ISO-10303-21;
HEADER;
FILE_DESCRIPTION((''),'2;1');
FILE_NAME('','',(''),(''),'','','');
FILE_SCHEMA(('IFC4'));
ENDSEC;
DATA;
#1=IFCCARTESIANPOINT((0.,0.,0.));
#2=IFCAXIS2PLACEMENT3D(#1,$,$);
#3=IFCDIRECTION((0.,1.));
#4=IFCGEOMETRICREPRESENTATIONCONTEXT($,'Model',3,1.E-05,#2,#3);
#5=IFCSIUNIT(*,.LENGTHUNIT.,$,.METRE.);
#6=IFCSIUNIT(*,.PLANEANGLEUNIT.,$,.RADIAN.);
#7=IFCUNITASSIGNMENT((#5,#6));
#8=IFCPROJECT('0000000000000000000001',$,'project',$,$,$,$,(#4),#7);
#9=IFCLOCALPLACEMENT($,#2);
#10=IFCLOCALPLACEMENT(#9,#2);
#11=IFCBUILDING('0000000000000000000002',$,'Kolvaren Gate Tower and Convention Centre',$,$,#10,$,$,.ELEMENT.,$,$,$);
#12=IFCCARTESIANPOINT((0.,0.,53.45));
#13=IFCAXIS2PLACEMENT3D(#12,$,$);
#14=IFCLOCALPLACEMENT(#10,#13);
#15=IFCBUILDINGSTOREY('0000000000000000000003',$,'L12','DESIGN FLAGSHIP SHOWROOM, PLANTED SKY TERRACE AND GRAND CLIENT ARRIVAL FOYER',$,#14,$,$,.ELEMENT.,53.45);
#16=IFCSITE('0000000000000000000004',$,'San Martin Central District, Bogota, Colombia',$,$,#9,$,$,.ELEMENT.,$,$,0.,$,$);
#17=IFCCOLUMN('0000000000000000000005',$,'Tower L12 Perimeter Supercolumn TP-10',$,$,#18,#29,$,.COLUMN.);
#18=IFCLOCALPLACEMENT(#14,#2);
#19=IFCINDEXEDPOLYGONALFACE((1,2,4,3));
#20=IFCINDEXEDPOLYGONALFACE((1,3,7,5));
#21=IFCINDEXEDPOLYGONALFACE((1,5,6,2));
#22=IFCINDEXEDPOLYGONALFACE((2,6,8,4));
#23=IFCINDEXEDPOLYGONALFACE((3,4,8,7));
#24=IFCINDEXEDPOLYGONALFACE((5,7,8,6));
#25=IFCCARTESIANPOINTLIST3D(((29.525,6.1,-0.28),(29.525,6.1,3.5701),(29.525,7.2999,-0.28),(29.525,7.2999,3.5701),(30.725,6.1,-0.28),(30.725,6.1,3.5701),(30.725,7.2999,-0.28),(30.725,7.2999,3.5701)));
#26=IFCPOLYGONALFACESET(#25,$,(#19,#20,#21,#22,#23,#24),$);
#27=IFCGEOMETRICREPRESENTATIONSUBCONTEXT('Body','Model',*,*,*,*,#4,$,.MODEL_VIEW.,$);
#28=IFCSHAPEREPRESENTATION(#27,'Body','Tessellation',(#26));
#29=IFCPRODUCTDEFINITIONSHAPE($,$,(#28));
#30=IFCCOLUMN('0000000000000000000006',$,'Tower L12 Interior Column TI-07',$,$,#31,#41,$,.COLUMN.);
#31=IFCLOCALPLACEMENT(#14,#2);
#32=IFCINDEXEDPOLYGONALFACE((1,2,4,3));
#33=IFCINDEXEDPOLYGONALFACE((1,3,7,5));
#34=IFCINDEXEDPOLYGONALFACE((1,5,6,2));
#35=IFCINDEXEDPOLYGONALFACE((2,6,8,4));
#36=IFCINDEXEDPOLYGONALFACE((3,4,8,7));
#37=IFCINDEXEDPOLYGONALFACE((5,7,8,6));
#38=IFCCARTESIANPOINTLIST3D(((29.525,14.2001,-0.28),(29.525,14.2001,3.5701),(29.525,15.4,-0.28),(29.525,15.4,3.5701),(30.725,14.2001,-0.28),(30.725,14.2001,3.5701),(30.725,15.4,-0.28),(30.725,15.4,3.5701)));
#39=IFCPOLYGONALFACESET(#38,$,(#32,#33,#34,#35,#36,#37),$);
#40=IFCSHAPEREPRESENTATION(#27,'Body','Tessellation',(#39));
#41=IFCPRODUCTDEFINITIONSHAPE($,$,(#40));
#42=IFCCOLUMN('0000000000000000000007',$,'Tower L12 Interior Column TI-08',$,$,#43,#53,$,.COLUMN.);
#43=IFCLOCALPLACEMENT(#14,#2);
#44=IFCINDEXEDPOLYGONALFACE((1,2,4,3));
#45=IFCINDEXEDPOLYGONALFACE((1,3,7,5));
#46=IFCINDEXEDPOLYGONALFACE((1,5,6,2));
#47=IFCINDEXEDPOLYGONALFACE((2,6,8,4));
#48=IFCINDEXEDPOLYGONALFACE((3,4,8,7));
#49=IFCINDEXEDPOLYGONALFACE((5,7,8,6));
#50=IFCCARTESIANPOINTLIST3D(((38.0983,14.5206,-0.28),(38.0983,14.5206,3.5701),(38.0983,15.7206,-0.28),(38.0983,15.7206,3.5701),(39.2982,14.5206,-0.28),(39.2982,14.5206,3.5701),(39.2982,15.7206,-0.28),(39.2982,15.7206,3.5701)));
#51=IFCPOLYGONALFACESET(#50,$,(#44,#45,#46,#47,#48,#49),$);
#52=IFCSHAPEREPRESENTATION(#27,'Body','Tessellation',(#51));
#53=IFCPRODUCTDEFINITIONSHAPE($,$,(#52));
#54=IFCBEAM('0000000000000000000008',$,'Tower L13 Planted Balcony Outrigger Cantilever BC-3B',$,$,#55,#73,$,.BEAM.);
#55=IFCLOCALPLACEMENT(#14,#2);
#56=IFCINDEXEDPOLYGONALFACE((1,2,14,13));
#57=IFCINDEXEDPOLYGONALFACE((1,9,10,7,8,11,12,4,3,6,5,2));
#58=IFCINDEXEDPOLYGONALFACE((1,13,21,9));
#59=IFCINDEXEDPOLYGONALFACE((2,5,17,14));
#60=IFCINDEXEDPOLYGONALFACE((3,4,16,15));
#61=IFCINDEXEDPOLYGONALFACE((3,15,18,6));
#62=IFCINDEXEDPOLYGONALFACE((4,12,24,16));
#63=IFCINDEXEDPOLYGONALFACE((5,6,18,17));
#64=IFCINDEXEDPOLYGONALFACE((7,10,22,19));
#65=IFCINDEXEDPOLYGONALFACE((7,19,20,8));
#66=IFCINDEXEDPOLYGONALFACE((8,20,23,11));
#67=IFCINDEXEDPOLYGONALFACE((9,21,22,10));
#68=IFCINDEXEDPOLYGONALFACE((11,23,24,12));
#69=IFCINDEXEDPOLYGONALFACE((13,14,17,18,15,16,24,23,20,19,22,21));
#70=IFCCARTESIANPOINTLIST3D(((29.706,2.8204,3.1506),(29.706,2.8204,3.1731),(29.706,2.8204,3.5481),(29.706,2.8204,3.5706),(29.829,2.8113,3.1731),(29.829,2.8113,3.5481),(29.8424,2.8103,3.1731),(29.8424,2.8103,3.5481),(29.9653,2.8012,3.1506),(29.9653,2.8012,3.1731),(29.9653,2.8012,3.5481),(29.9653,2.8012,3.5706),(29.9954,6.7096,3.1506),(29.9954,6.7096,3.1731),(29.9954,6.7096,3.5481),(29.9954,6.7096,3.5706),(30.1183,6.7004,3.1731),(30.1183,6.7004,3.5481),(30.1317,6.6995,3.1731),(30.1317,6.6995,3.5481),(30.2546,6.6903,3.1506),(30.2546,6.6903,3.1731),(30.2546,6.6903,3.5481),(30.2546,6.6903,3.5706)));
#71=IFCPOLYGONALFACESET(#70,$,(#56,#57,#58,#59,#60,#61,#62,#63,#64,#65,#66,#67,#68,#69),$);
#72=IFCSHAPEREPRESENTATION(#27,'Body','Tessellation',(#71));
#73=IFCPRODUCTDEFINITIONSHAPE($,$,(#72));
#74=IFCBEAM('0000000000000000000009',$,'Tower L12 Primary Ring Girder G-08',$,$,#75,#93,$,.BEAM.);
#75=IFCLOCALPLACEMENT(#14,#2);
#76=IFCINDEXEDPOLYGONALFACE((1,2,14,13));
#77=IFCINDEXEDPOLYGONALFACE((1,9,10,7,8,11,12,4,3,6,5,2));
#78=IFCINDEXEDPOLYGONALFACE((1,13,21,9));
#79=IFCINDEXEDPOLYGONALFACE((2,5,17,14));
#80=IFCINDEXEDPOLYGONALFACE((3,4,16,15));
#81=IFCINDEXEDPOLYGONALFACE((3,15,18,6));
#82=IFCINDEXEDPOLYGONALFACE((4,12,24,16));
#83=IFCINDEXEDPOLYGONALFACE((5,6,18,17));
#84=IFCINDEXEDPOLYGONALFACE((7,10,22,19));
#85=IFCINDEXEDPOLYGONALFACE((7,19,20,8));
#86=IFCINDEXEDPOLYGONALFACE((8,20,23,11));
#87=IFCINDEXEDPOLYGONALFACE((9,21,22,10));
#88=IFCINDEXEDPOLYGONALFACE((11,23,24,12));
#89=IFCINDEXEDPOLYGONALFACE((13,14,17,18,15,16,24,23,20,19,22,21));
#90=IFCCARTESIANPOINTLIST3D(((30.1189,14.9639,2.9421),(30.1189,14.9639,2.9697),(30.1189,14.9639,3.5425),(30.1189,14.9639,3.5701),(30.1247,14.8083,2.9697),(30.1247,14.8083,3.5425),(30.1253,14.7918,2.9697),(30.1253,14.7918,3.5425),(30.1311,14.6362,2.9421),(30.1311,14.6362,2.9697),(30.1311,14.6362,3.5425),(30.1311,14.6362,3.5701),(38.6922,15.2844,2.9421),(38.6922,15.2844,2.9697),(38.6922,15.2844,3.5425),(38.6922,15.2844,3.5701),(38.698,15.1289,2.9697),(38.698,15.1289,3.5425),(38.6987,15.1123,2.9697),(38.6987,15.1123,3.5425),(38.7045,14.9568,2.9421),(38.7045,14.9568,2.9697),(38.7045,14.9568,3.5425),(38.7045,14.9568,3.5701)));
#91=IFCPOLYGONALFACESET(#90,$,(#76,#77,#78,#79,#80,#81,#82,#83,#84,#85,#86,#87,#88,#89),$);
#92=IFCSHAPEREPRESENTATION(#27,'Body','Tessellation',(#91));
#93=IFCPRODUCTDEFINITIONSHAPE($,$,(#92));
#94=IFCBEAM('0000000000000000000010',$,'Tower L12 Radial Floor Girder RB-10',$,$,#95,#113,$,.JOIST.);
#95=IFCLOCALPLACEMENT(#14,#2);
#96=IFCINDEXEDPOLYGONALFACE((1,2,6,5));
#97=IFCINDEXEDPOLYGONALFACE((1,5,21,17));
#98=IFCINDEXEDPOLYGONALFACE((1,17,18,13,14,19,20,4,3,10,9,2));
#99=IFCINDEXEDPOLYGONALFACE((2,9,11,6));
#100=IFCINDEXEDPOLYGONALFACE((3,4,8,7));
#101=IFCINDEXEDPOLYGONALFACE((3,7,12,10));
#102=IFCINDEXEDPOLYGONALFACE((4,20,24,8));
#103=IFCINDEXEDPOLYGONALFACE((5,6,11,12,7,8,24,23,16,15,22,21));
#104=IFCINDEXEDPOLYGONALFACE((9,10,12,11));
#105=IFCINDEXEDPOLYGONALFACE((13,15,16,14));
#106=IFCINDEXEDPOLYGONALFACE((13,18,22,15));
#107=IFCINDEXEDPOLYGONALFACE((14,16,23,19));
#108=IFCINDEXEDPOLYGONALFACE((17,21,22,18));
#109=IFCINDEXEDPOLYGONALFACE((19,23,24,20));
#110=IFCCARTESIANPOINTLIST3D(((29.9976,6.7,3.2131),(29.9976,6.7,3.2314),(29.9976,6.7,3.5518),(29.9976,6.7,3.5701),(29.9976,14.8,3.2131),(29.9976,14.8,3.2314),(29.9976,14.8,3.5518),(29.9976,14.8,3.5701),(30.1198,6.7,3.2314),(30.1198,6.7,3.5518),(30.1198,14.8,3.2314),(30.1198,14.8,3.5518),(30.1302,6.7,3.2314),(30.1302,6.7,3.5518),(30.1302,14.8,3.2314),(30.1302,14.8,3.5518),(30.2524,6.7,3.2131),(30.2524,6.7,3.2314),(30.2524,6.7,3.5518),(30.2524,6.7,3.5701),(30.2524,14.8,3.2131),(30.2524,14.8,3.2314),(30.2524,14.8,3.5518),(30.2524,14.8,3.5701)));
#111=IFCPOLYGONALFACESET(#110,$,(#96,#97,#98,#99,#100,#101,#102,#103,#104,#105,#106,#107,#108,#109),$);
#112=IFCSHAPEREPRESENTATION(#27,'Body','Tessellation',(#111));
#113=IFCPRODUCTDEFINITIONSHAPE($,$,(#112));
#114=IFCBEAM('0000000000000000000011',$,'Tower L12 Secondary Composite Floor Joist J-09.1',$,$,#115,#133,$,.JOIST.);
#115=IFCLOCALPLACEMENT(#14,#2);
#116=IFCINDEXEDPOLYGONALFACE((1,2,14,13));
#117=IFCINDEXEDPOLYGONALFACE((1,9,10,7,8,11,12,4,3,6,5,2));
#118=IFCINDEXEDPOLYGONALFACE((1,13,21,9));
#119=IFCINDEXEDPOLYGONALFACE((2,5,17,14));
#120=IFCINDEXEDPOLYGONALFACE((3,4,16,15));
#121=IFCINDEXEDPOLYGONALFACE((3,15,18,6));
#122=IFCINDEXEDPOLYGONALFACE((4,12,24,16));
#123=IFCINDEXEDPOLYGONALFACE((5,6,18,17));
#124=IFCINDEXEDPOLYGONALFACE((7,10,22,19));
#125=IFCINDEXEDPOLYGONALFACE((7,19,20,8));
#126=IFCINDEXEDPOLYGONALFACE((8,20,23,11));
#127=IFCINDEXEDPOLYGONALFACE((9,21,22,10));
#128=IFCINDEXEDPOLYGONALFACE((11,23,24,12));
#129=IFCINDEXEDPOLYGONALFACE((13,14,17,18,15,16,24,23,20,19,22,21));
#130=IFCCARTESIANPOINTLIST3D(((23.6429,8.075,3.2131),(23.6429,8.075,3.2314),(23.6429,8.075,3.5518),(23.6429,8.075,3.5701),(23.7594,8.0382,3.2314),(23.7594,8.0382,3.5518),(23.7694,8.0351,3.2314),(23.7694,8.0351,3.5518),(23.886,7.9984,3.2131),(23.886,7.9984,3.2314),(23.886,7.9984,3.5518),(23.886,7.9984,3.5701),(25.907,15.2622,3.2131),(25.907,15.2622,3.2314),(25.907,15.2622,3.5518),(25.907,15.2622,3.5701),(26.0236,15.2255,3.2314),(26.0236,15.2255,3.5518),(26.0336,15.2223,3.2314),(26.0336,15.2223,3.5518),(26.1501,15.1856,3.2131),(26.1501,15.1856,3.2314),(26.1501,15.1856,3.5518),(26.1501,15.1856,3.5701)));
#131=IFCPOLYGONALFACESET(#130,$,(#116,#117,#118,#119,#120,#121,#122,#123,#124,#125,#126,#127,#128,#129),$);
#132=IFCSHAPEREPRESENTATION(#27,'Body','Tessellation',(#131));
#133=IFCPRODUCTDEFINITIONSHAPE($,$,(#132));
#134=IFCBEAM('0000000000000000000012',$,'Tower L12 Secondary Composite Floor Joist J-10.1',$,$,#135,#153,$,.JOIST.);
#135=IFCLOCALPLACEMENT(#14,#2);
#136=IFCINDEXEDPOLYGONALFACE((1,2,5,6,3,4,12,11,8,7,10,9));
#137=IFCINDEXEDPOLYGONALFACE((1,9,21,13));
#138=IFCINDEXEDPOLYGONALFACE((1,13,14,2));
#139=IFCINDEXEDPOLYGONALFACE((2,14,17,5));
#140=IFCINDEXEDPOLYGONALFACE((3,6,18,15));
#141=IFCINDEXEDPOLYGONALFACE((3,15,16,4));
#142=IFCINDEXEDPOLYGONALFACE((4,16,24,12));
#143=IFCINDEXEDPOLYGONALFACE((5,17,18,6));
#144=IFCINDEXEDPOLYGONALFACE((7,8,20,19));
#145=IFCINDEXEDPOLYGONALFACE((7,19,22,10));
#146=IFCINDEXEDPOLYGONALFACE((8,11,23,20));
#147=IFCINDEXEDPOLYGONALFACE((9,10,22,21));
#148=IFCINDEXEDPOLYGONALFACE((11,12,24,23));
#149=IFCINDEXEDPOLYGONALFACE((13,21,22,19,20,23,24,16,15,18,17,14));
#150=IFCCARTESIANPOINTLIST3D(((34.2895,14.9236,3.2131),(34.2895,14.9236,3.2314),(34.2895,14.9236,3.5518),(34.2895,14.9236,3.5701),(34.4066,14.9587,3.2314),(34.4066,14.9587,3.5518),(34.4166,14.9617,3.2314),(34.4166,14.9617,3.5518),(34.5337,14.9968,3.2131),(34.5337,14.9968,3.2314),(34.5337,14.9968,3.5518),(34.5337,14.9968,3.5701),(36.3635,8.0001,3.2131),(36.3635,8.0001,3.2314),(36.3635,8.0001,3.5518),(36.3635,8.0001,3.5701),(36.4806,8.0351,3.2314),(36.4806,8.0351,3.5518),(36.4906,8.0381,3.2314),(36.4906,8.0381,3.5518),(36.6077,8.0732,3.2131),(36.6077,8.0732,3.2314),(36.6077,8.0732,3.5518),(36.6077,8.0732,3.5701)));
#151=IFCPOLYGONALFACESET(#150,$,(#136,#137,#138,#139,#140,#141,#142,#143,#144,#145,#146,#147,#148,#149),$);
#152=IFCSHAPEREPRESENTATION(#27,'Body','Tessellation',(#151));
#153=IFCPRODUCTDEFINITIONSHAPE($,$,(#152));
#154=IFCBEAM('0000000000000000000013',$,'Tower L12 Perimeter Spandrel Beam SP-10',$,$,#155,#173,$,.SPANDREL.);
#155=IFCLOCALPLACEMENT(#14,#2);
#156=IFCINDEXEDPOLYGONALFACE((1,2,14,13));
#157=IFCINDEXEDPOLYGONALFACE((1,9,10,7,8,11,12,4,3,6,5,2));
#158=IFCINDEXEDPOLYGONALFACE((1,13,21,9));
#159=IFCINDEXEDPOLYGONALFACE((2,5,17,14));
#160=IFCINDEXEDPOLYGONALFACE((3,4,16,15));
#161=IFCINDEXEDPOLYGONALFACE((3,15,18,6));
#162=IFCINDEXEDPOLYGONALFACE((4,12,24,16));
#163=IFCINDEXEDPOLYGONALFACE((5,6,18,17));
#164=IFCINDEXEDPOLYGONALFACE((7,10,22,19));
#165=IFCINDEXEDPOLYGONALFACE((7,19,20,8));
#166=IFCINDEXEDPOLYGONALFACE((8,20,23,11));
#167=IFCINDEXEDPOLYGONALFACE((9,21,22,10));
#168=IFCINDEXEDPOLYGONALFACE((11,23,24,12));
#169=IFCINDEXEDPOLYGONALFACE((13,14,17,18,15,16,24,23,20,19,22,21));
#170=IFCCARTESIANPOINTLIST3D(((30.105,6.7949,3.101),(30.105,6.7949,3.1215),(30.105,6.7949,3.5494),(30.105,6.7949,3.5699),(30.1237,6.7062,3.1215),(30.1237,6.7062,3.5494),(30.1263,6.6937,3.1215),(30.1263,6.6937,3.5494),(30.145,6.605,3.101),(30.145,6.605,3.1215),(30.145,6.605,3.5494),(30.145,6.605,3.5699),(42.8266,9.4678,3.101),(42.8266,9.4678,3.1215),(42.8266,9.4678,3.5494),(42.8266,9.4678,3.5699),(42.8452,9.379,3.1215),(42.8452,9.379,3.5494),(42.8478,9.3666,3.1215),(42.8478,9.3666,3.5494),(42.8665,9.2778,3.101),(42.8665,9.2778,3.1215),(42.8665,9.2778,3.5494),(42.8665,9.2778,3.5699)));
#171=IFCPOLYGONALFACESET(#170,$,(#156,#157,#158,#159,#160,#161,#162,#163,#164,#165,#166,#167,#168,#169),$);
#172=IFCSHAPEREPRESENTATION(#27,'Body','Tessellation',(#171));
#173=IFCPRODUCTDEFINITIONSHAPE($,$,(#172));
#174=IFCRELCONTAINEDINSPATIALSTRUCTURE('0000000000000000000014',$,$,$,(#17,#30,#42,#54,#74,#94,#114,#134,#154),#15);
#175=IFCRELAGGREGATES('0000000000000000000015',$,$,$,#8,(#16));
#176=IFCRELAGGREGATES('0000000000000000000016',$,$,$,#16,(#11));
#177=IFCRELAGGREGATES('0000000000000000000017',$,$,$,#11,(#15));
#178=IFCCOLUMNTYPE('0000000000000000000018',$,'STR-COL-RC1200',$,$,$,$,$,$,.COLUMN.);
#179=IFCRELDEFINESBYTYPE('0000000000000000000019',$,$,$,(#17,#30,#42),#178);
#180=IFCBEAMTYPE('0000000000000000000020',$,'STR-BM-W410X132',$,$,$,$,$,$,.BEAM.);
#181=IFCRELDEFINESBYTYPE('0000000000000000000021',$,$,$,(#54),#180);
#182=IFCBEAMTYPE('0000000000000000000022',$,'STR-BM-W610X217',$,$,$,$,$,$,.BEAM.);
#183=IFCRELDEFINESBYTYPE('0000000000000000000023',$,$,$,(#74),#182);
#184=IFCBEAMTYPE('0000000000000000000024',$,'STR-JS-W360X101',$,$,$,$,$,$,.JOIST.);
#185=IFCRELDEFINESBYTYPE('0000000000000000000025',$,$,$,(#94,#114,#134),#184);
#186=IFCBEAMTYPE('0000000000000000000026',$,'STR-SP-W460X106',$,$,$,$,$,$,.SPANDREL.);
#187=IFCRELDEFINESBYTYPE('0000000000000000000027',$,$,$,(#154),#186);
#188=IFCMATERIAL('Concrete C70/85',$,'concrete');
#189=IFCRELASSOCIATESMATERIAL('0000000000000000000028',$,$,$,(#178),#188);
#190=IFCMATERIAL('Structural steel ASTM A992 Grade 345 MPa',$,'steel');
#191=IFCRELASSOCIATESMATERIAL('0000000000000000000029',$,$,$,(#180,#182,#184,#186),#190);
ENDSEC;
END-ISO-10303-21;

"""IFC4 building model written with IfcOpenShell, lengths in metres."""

from ifc_helpers import new_model, si_unit, direction, frame, origin, origin_2d, place, context, subcontext, project, spatial, rectangle, i_section, extrude, material, material_profile, profile_set, type_object, element, save


model = new_model("IFC4")

# Units and contexts
model_context = context("Model", 3, precision=1e-05, world=origin(), true_north=direction((0.0, 1.0)))
body_context = subcontext(model_context, "Body", "Model", "MODEL_VIEW")
ifc_project = project(units=[si_unit("LENGTHUNIT", "METRE"), si_unit("PLANEANGLEUNIT", "RADIAN")], contexts=[model_context])

# Site, building, storey
site_placement = place(None, origin())
site = spatial("IfcSite", under=ifc_project, at=site_placement, Name="San Martin Central District, Bogota, Colombia", CompositionType="ELEMENT", RefElevation=0.0)
building_placement = place(site_placement, origin())
building = spatial("IfcBuilding", under=site, at=building_placement, Name="Kolvaren Gate Tower and Convention Centre", CompositionType="ELEMENT")
storey_placement = place(building_placement, frame((0.0, 0.0, 53.45)))
storey = spatial("IfcBuildingStorey", under=building, at=storey_placement, Name="L12", Description="DESIGN FLAGSHIP SHOWROOM, PLANTED SKY TERRACE AND GRAND CLIENT ARRIVAL FOYER", CompositionType="ELEMENT", Elevation=53.45)

# Columns
ifc_material_1 = material(Name="Concrete C70/85", Category="concrete")
ifc_material_profile_1 = material_profile(ifc_material_1, rectangle(XDim=1.2, YDim=1.2, at=origin_2d()), Name="RC-COL-1200X1200")
ifc_profile_set_1 = profile_set([ifc_material_profile_1], Name="Concrete C70/85")
column_type = type_object("IfcColumnType", Name="STR-COL-RC1200", PredefinedType="COLUMN", material=ifc_profile_set_1)
for number, where, z_axis, x_axis, name in (
    (1, (30.125, 6.7, -0.28), (0.0, 0.0, 1.0), (1.0, 0.0, 0.0), "Tower L12 Perimeter Supercolumn TP-10"),
    (2, (30.125, 14.8, -0.28), (0.0, 0.0, 1.0), (1.0, 0.0, 0.0), "Tower L12 Interior Column TI-07"),
    (3, (38.6982, 15.1206, -0.28), (0.0, 0.0, 1.0), (1.0, 0.0, 0.0), "Tower L12 Interior Column TI-08"),
):
    element("IfcColumn", number, at=place(storey_placement, frame(where, z_axis=z_axis, x_axis=x_axis)), inside=storey, type_object=column_type, Name=name, PredefinedType="COLUMN", context=body_context, shape_type="SweptSolid", body=[
        extrude(rectangle(XDim=1.2, YDim=1.2, at=origin_2d()), origin(), (0.0, 0.0, 1.0), 3.8501),
    ])

# Beams
ifc_material_2 = material(Name="Structural steel ASTM A992 Grade 345 MPa", Category="steel")
ifc_material_profile_2 = material_profile(ifc_material_2, i_section(OverallWidth=0.26, OverallDepth=0.4199, WebThickness=0.0134, FlangeThickness=0.0225, at=origin_2d()), Name="W410X132")
ifc_profile_set_2 = profile_set([ifc_material_profile_2], Name="Structural steel ASTM A992 Grade 345 MPa")
beam_type_1 = type_object("IfcBeamType", Name="STR-BM-W410X132", PredefinedType="BEAM", material=ifc_profile_set_2)
beam_1_placement = place(storey_placement, frame((30.125, 6.7, 3.3606), z_axis=(-0.074183, -0.997245, 0.0), x_axis=(0.997245, -0.074183, 0.0)))
element("IfcBeam", 4, at=beam_1_placement, inside=storey, type_object=beam_type_1, Name="Tower L13 Planted Balcony Outrigger Cantilever BC-3B", PredefinedType="BEAM", context=body_context, shape_type="SweptSolid", body=[
    extrude(i_section(OverallWidth=0.26, OverallDepth=0.4199, WebThickness=0.0134, FlangeThickness=0.0225, at=origin_2d()), origin(), (0.0, 0.0, 1.0), 3.8999),
])
ifc_material_profile_3 = material_profile(ifc_material_2, i_section(OverallWidth=0.3279, OverallDepth=0.6279, WebThickness=0.0166, FlangeThickness=0.0276, at=origin_2d()), Name="W610X217")
ifc_profile_set_3 = profile_set([ifc_material_profile_3], Name="Structural steel ASTM A992 Grade 345 MPa")
beam_type_2 = type_object("IfcBeamType", Name="STR-BM-W610X217", PredefinedType="BEAM", material=ifc_profile_set_3)
beam_2_placement = place(storey_placement, frame((30.125, 14.8, 3.2561), z_axis=(0.999302, 0.037364, 0.0), x_axis=(-0.037364, 0.999302, 0.0)))
element("IfcBeam", 5, at=beam_2_placement, inside=storey, type_object=beam_type_2, Name="Tower L12 Primary Ring Girder G-08", PredefinedType="BEAM", context=body_context, shape_type="SweptSolid", body=[
    extrude(i_section(OverallWidth=0.3279, OverallDepth=0.6279, WebThickness=0.0166, FlangeThickness=0.0276, at=origin_2d()), origin(), (0.0, 0.0, 1.0), 8.5793),
])
ifc_material_profile_4 = material_profile(ifc_material_2, i_section(OverallWidth=0.2549, OverallDepth=0.3569, WebThickness=0.0105, FlangeThickness=0.0183, at=origin_2d()), Name="W360X101")
ifc_profile_set_4 = profile_set([ifc_material_profile_4], Name="Structural steel ASTM A992 Grade 345 MPa")
beam_type_3 = type_object("IfcBeamType", Name="STR-JS-W360X101", PredefinedType="JOIST", material=ifc_profile_set_4)
beam_3_placement = place(storey_placement, frame((30.125, 14.8, 3.3916), z_axis=(0.0, -1.0, 0.0), x_axis=(1.0, 0.0, 0.0)))
element("IfcBeam", 6, at=beam_3_placement, inside=storey, type_object=beam_type_3, Name="Tower L12 Radial Floor Girder RB-10", PredefinedType="JOIST", context=body_context, shape_type="SweptSolid", body=[
    extrude(i_section(OverallWidth=0.2549, OverallDepth=0.3569, WebThickness=0.0105, FlangeThickness=0.0183, at=origin_2d()), origin(), (0.0, 0.0, 1.0), 8.1001),
])
beam_4_placement = place(storey_placement, frame((26.0286, 15.2239, 3.3916), z_axis=(-0.300468, -0.953792, 0.0), x_axis=(0.953792, -0.300468, 0.0)))
element("IfcBeam", 7, at=beam_4_placement, inside=storey, type_object=beam_type_3, Name="Tower L12 Secondary Composite Floor Joist J-09.1", PredefinedType="JOIST", context=body_context, shape_type="SweptSolid", body=[
    extrude(i_section(OverallWidth=0.2549, OverallDepth=0.3569, WebThickness=0.0105, FlangeThickness=0.0183, at=origin_2d()), origin(), (0.0, 0.0, 1.0), 7.5354),
])
beam_5_placement = place(storey_placement, frame((34.4116, 14.9602, 3.3916), z_axis=(0.286954, -0.957944, 0.0), x_axis=(0.957944, 0.286954, 0.0)))
element("IfcBeam", 8, at=beam_5_placement, inside=storey, type_object=beam_type_3, Name="Tower L12 Secondary Composite Floor Joist J-10.1", PredefinedType="JOIST", context=body_context, shape_type="SweptSolid", body=[
    extrude(i_section(OverallWidth=0.2549, OverallDepth=0.3569, WebThickness=0.0105, FlangeThickness=0.0183, at=origin_2d()), origin(), (0.0, 0.0, 1.0), 7.2275),
])
ifc_material_profile_5 = material_profile(ifc_material_2, i_section(OverallWidth=0.1941, OverallDepth=0.469, WebThickness=0.0127, FlangeThickness=0.0205, at=origin_2d()), Name="W460X106")
ifc_profile_set_5 = profile_set([ifc_material_profile_5], Name="Structural steel ASTM A992 Grade 345 MPa")
beam_type_4 = type_object("IfcBeamType", Name="STR-SP-W460X106", PredefinedType="SPANDREL", material=ifc_profile_set_5)
beam_6_placement = place(storey_placement, frame((30.125, 6.7, 3.3354), z_axis=(0.978633, 0.205617, 0.0), x_axis=(-0.205617, 0.978633, 0.0)))
element("IfcBeam", 9, at=beam_6_placement, inside=storey, type_object=beam_type_4, Name="Tower L12 Perimeter Spandrel Beam SP-10", PredefinedType="SPANDREL", context=body_context, shape_type="SweptSolid", body=[
    extrude(i_section(OverallWidth=0.1941, OverallDepth=0.469, WebThickness=0.0127, FlangeThickness=0.0205, at=origin_2d()), origin(), (0.0, 0.0, 1.0), 12.9993),
])

save(model, "model.ifc")
